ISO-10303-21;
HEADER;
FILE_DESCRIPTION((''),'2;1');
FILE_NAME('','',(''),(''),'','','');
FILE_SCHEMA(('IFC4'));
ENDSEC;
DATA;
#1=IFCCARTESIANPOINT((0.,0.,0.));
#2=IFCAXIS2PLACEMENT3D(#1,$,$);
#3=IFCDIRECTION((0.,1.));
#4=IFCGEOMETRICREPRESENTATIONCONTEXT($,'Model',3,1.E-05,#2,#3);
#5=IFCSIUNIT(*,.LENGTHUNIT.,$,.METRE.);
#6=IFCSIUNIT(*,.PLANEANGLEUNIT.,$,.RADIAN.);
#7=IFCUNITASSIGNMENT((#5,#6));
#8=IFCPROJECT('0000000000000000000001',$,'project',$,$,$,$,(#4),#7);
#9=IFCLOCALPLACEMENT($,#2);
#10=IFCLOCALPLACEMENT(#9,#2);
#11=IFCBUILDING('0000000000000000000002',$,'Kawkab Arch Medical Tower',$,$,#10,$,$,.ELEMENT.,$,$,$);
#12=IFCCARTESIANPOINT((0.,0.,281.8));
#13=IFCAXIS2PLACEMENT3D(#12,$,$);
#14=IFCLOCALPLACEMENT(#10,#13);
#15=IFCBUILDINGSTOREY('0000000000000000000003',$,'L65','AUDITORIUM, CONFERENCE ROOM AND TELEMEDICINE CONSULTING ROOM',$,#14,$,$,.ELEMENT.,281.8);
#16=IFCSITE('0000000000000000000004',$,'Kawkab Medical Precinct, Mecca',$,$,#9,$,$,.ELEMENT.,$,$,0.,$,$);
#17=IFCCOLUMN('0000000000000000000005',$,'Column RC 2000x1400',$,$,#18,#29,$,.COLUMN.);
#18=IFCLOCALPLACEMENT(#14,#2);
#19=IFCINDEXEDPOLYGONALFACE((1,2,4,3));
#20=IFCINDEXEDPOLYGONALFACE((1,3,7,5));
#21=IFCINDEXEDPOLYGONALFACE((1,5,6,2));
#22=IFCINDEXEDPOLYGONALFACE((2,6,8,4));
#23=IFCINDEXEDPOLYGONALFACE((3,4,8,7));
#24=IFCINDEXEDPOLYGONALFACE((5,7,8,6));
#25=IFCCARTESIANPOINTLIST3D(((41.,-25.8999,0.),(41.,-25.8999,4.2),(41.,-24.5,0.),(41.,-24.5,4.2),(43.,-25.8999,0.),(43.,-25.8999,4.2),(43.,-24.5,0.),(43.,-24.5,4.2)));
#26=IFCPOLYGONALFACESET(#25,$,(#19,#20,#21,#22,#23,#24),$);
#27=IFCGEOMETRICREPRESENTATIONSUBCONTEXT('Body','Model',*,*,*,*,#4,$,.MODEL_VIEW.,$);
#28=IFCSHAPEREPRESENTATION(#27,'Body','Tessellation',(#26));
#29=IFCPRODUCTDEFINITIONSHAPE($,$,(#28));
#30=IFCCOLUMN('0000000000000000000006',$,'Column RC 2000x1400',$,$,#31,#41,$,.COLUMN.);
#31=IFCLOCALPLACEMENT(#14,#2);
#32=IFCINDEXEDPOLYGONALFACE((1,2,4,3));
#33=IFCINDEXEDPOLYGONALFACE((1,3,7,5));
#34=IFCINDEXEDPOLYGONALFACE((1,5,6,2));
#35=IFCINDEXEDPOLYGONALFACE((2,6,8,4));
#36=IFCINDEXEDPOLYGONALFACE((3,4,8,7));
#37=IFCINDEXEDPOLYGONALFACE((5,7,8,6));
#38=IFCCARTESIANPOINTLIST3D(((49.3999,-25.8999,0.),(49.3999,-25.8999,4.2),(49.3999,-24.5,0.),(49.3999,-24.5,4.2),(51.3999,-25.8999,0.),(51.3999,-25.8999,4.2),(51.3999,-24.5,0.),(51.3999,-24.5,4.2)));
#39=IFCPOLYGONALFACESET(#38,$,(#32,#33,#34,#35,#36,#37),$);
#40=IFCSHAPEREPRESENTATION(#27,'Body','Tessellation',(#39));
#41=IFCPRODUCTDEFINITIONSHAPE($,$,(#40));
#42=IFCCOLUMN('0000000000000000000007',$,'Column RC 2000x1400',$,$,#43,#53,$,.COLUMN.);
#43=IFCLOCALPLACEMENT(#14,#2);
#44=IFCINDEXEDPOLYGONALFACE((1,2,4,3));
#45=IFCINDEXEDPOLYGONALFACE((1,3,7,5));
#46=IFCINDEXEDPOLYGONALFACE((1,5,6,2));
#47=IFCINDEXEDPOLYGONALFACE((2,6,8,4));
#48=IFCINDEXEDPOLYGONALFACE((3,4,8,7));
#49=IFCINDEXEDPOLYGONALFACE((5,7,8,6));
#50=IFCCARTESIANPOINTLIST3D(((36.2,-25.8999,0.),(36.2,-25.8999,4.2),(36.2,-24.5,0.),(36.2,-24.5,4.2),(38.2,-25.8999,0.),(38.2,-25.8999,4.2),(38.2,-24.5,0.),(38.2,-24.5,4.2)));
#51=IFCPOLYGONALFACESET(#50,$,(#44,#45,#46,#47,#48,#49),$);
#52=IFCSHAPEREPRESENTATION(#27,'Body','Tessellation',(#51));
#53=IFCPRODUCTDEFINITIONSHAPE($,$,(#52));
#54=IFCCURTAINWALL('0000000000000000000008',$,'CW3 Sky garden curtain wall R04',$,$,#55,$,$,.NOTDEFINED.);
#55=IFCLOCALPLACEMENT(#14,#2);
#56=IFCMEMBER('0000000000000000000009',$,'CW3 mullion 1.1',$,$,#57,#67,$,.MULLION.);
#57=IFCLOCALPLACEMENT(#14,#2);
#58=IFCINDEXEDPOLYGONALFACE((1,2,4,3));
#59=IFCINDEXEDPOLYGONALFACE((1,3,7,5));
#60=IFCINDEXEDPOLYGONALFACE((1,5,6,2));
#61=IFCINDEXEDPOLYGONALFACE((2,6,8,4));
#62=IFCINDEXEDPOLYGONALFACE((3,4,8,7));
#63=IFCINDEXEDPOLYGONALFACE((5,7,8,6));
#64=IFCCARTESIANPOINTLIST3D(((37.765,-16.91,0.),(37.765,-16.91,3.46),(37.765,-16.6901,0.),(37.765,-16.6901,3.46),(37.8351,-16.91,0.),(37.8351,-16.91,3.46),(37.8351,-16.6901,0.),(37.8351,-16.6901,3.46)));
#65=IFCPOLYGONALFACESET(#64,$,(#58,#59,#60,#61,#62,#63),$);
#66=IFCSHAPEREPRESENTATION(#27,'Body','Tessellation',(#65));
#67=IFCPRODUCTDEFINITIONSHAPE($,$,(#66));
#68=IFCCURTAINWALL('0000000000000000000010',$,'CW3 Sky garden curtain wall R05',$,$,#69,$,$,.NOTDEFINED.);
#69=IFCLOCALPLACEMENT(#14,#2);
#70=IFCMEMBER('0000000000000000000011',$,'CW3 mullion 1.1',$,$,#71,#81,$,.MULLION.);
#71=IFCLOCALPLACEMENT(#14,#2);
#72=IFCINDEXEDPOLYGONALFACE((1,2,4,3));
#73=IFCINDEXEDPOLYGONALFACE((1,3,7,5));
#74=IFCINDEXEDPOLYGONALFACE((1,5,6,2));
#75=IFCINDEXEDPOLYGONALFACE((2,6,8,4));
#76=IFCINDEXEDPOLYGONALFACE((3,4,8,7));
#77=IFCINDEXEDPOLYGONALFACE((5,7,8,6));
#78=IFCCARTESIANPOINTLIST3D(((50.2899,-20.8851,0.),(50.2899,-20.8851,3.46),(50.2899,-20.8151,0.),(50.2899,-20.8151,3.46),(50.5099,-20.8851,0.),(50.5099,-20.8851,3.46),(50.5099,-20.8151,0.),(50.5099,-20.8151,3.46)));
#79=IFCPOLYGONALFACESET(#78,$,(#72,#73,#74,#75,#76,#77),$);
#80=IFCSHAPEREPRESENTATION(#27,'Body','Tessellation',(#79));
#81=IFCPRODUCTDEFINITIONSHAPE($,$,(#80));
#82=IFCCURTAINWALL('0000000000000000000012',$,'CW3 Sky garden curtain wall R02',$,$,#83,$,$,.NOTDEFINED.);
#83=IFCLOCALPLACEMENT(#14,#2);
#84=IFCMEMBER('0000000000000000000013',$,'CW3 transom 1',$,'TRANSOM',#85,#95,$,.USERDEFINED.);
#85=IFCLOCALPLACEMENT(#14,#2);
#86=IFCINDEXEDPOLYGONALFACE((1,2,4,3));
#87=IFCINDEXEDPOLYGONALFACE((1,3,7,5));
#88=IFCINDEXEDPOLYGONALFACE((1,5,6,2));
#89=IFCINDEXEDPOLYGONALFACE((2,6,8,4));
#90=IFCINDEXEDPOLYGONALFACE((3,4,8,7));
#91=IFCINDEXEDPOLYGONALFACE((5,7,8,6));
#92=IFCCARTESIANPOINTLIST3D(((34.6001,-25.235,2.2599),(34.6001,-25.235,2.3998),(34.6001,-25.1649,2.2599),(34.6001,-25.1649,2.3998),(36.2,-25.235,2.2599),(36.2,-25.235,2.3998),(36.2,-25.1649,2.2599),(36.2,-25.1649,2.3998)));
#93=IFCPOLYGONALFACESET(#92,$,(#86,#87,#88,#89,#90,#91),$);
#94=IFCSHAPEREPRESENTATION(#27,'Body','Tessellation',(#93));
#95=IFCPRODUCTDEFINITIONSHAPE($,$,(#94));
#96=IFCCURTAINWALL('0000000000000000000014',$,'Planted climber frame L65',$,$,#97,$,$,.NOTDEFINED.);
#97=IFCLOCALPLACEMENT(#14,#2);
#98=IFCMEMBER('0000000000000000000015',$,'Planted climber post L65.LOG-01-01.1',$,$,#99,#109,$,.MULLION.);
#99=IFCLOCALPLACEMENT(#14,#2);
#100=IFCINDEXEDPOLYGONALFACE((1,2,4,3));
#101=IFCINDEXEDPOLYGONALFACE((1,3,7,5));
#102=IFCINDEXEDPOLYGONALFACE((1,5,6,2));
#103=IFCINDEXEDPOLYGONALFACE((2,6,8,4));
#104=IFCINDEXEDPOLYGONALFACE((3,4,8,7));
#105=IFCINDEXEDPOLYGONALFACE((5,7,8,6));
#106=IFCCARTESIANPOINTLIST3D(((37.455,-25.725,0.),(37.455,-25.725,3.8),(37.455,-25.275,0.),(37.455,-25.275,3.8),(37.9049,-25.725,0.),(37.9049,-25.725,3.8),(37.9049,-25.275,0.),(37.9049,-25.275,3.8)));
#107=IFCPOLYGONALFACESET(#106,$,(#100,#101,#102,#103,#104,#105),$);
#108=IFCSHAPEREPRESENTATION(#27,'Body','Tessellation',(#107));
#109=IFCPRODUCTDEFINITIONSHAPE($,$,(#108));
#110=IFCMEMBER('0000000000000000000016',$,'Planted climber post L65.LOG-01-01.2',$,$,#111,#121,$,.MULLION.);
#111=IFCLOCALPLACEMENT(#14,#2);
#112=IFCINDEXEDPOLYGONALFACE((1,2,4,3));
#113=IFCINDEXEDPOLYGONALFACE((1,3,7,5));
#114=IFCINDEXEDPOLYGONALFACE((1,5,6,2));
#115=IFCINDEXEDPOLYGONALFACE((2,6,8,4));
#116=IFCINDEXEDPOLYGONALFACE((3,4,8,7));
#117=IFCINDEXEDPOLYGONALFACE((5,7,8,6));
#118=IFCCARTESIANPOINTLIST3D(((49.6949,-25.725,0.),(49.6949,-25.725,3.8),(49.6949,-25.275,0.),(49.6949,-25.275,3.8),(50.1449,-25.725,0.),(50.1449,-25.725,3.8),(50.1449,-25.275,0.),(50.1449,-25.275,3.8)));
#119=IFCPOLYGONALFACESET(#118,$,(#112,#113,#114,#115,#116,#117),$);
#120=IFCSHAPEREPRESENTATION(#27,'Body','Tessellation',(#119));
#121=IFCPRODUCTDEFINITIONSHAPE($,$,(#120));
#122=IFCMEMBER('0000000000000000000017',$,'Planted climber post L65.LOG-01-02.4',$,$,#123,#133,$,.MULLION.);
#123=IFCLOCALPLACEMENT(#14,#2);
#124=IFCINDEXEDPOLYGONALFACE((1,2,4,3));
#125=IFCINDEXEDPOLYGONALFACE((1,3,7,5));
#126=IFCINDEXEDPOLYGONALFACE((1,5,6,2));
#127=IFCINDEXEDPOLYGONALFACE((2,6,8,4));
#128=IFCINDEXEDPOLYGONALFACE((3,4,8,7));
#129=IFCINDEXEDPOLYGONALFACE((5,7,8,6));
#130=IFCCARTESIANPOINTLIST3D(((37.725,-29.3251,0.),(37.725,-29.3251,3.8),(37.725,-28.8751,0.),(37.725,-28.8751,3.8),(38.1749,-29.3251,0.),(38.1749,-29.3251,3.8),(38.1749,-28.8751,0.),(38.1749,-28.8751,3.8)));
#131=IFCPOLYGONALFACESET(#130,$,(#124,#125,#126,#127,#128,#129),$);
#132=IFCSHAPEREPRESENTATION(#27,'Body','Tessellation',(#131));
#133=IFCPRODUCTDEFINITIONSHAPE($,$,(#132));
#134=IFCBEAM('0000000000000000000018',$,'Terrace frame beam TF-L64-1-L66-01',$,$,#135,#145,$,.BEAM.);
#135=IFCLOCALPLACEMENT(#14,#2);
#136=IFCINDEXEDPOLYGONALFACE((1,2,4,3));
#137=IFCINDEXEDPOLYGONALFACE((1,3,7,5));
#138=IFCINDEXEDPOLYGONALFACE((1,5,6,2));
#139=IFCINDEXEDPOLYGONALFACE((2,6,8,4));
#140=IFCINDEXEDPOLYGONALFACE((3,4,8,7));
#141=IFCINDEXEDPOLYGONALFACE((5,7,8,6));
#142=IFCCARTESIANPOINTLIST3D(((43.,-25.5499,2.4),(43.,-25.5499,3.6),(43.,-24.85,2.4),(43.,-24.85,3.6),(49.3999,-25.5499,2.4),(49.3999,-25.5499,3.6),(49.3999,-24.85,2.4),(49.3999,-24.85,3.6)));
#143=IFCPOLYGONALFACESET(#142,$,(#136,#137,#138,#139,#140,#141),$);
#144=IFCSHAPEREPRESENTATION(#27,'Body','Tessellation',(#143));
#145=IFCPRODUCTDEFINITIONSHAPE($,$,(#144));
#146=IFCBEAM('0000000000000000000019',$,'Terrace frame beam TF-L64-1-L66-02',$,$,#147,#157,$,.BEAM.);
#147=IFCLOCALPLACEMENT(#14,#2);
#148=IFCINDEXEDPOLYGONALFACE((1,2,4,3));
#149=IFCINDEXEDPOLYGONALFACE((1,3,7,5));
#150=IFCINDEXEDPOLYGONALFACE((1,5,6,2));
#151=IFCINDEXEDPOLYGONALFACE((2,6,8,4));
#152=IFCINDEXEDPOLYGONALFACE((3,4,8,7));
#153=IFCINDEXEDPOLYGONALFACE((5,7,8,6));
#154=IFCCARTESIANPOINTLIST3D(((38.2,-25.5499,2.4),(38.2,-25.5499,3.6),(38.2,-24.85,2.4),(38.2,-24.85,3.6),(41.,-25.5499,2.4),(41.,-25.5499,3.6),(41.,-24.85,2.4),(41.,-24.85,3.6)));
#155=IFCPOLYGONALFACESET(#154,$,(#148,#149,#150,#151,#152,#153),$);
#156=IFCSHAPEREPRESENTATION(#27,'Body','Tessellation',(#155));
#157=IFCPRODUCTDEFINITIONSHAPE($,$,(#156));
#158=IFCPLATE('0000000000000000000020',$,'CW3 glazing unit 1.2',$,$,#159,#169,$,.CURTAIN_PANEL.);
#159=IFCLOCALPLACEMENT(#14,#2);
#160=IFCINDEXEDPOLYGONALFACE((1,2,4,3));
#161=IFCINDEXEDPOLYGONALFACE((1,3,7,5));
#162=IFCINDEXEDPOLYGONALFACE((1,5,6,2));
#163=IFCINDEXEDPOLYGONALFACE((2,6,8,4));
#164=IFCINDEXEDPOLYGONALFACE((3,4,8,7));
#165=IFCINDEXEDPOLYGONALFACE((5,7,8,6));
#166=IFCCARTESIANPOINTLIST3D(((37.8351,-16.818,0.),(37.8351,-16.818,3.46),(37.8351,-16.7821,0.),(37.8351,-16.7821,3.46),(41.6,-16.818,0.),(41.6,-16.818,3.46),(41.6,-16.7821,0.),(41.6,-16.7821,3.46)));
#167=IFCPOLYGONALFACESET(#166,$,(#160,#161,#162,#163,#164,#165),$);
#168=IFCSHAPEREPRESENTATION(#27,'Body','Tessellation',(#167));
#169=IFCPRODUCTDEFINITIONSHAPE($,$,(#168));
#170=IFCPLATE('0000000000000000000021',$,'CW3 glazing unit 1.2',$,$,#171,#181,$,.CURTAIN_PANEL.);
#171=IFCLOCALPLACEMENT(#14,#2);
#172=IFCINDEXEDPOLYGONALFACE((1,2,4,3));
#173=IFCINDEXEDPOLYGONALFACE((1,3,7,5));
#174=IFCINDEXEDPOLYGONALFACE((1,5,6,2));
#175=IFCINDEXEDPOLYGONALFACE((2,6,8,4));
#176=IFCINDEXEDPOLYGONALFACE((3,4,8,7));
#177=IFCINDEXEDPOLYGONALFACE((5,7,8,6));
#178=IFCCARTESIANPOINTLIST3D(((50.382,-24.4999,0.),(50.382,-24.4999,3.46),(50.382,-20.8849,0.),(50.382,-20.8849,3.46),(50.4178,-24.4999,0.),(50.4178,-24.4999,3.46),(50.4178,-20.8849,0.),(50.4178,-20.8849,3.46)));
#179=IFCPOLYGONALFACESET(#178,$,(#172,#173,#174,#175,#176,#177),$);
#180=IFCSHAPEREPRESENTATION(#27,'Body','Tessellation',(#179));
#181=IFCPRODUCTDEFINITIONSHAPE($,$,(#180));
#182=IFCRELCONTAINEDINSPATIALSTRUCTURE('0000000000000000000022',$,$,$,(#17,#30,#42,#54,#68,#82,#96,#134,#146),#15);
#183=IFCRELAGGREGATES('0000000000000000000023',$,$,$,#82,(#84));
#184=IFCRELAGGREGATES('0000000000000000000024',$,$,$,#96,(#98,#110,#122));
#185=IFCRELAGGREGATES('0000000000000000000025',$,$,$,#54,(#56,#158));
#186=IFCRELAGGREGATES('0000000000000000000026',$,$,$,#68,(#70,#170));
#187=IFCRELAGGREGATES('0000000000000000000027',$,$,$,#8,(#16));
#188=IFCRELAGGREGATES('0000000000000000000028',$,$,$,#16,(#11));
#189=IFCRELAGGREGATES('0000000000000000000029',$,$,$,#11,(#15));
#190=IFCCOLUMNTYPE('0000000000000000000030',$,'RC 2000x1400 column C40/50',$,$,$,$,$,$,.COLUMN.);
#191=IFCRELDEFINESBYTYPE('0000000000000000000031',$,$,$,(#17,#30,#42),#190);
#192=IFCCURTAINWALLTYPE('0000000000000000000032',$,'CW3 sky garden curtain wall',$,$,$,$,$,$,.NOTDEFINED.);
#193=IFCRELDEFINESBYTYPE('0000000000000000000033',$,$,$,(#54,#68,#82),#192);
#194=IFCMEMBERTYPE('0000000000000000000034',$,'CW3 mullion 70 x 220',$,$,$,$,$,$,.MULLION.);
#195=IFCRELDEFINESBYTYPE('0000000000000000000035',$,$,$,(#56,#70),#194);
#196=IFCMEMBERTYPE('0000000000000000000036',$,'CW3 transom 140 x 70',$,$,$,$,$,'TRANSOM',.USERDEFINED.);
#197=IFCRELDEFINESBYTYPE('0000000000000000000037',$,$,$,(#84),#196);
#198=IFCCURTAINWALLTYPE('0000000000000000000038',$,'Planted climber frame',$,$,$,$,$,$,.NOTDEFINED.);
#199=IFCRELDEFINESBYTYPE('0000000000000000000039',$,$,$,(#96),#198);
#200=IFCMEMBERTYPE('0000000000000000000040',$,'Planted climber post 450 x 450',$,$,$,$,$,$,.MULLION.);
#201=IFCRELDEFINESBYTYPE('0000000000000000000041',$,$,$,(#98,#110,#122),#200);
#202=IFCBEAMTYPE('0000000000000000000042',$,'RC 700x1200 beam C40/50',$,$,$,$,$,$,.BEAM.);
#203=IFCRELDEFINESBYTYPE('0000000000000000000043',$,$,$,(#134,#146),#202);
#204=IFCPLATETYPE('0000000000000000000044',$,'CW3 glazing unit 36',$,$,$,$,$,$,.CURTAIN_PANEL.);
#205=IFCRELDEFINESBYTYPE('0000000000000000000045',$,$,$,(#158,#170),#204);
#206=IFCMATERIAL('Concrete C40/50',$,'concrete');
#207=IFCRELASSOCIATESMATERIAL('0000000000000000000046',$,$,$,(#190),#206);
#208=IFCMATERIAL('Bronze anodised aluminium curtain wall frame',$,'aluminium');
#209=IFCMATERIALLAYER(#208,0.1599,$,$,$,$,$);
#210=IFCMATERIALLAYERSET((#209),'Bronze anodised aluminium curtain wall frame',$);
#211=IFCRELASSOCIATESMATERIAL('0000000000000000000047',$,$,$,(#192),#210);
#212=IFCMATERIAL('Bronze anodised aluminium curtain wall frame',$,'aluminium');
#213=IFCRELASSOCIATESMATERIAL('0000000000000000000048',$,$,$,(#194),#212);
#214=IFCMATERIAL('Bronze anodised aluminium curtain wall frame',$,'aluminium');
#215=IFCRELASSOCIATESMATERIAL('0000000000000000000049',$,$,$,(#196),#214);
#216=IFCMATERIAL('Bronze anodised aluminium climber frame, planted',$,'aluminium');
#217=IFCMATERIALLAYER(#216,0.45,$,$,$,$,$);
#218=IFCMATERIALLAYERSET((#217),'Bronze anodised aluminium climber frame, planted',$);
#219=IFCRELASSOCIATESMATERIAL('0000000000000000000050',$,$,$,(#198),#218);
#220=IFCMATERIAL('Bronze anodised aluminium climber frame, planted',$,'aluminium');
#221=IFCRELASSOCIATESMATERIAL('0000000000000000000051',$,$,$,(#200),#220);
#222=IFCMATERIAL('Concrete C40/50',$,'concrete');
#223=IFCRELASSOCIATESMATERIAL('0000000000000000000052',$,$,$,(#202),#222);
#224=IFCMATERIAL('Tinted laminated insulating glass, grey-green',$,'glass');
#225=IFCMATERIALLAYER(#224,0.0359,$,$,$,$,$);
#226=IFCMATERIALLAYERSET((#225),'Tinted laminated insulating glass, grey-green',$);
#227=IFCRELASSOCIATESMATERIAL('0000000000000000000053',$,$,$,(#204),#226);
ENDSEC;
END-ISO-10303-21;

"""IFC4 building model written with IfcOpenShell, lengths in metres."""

from ifc_helpers import new_model, si_unit, direction, frame, origin, origin_2d, place, context, subcontext, project, spatial, rectangle, extrude, material, layer, layer_set, material_profile, profile_set, type_object, element, aggregate, save


model = new_model("IFC4")

# Units and contexts
model_context = context("Model", 3, precision=1e-05, world=origin(), true_north=direction((0.0, 1.0)))
body_context = subcontext(model_context, "Body", "Model", "MODEL_VIEW")
ifc_project = project(units=[si_unit("LENGTHUNIT", "METRE"), si_unit("PLANEANGLEUNIT", "RADIAN")], contexts=[model_context])

# Site, building, storey
site_placement = place(None, origin())
site = spatial("IfcSite", under=ifc_project, at=site_placement, Name="Kawkab Medical Precinct, Mecca", CompositionType="ELEMENT", RefElevation=0.0)
building_placement = place(site_placement, origin())
building = spatial("IfcBuilding", under=site, at=building_placement, Name="Kawkab Arch Medical Tower", CompositionType="ELEMENT")
storey_placement = place(building_placement, frame((0.0, 0.0, 281.8)))
storey = spatial("IfcBuildingStorey", under=building, at=storey_placement, Name="L65", Description="AUDITORIUM, CONFERENCE ROOM AND TELEMEDICINE CONSULTING ROOM", CompositionType="ELEMENT", Elevation=281.8)

# Columns
ifc_material_1 = material(Name="Concrete C40/50", Category="concrete")
ifc_material_profile_1 = material_profile(ifc_material_1, rectangle(XDim=2.0, YDim=1.3999, at=origin_2d()), Name="RC 2000x1400")
ifc_profile_set_1 = profile_set([ifc_material_profile_1], Name="Concrete C40/50")
column_type = type_object("IfcColumnType", Name="RC 2000x1400 column C40/50", PredefinedType="COLUMN", material=ifc_profile_set_1)
for number, where, z_axis, x_axis, name in (
    (1, (42.0, -25.2, 0.0), (0.0, 0.0, 1.0), (-1.0, 0.0, 0.0), "Column RC 2000x1400"),
    (2, (50.3999, -25.2, 0.0), (0.0, 0.0, 1.0), (-1.0, 0.0, 0.0), "Column RC 2000x1400"),
    (3, (37.2, -25.2, 0.0), (0.0, 0.0, 1.0), (-1.0, 0.0, 0.0), "Column RC 2000x1400"),
):
    element("IfcColumn", number, at=place(storey_placement, frame(where, z_axis=z_axis, x_axis=x_axis)), inside=storey, type_object=column_type, Name=name, PredefinedType="COLUMN", context=body_context, shape_type="SweptSolid", body=[
        extrude(rectangle(XDim=2.0, YDim=1.3999, at=origin_2d()), origin(), (0.0, 0.0, 1.0), 4.2),
    ])

# Curtain walls, members
ifc_material_2 = material(Name="Bronze anodised aluminium curtain wall frame", Category="aluminium")
ifc_layer_1 = layer(ifc_material_2, 0.1599)
ifc_layer_set_1 = layer_set([ifc_layer_1], Name="Bronze anodised aluminium curtain wall frame")
curtain_wall_type_1 = type_object("IfcCurtainWallType", Name="CW3 sky garden curtain wall", PredefinedType="NOTDEFINED", material=ifc_layer_set_1)
placement = place(storey_placement, origin())
curtain_wall_1 = element("IfcCurtainWall", 4, at=placement, inside=storey, type_object=curtain_wall_type_1, Name="CW3 Sky garden curtain wall R04", PredefinedType="NOTDEFINED")
ifc_material_3 = material(Name="Bronze anodised aluminium curtain wall frame", Category="aluminium")
ifc_material_profile_2 = material_profile(ifc_material_3, rectangle(XDim=0.22, YDim=0.0701, at=origin_2d()), Name="AL 70x220")
ifc_profile_set_2 = profile_set([ifc_material_profile_2], Name="Bronze anodised aluminium curtain wall frame")
member_type_1 = type_object("IfcMemberType", Name="CW3 mullion 70 x 220", PredefinedType="MULLION", material=ifc_profile_set_2)
member_1_placement = place(storey_placement, frame((37.8, -16.8, 0.0), z_axis=(0.0, 0.0, 1.0), x_axis=(0.0, 1.0, 0.0)))
member_1 = element("IfcMember", 5, at=member_1_placement, type_object=member_type_1, Name="CW3 mullion 1.1", PredefinedType="MULLION", context=body_context, shape_type="SweptSolid", body=[
    extrude(rectangle(XDim=0.22, YDim=0.0701, at=origin_2d()), origin(), (0.0, 0.0, 1.0), 3.46),
])
curtain_wall_2 = element("IfcCurtainWall", 6, at=placement, inside=storey, type_object=curtain_wall_type_1, Name="CW3 Sky garden curtain wall R05", PredefinedType="NOTDEFINED")
member_2_placement = place(storey_placement, frame((50.3999, -20.8501, 0.0), z_axis=(0.0, 0.0, 1.0), x_axis=(1.0, 0.0, 0.0)))
member_2 = element("IfcMember", 7, at=member_2_placement, type_object=member_type_1, Name="CW3 mullion 1.1", PredefinedType="MULLION", context=body_context, shape_type="SweptSolid", body=[
    extrude(rectangle(XDim=0.22, YDim=0.0701, at=origin_2d()), origin(), (0.0, 0.0, 1.0), 3.46),
])
curtain_wall_3 = element("IfcCurtainWall", 8, at=placement, inside=storey, type_object=curtain_wall_type_1, Name="CW3 Sky garden curtain wall R02", PredefinedType="NOTDEFINED")
ifc_material_4 = material(Name="Bronze anodised aluminium curtain wall frame", Category="aluminium")
ifc_material_profile_3 = material_profile(ifc_material_4, rectangle(XDim=0.0701, YDim=0.1399, at=origin_2d()), Name="AL 70x140")
ifc_profile_set_3 = profile_set([ifc_material_profile_3], Name="Bronze anodised aluminium curtain wall frame")
member_type_2 = type_object("IfcMemberType", Name="CW3 transom 140 x 70", ElementType="TRANSOM", PredefinedType="USERDEFINED", material=ifc_profile_set_3)
member_3_placement = place(storey_placement, frame((36.2, -25.2, 2.3298), z_axis=(-1.0, 0.0, 0.0), x_axis=(0.0, -1.0, 0.0)))
member_3 = element("IfcMember", 9, at=member_3_placement, type_object=member_type_2, Name="CW3 transom 1", ObjectType="TRANSOM", PredefinedType="USERDEFINED", context=body_context, shape_type="SweptSolid", body=[
    extrude(rectangle(XDim=0.0701, YDim=0.1399, at=origin_2d()), origin(), (0.0, 0.0, 1.0), 1.5999),
])
aggregate(curtain_wall_3, [member_3])

# Curtain wall, members
ifc_material_5 = material(Name="Bronze anodised aluminium climber frame, planted", Category="aluminium")
ifc_layer_2 = layer(ifc_material_5, 0.45)
ifc_layer_set_2 = layer_set([ifc_layer_2], Name="Bronze anodised aluminium climber frame, planted")
curtain_wall_type_2 = type_object("IfcCurtainWallType", Name="Planted climber frame", PredefinedType="NOTDEFINED", material=ifc_layer_set_2)
curtain_wall_4 = element("IfcCurtainWall", 10, at=placement, inside=storey, type_object=curtain_wall_type_2, Name="Planted climber frame L65", PredefinedType="NOTDEFINED")
ifc_material_6 = material(Name="Bronze anodised aluminium climber frame, planted", Category="aluminium")
ifc_material_profile_4 = material_profile(ifc_material_6, rectangle(XDim=0.45, YDim=0.45, at=origin_2d()), Name="Post 450x450")
ifc_profile_set_4 = profile_set([ifc_material_profile_4], Name="Bronze anodised aluminium climber frame, planted")
member_type_3 = type_object("IfcMemberType", Name="Planted climber post 450 x 450", PredefinedType="MULLION", material=ifc_profile_set_4)
member_4_placement = place(storey_placement, frame((37.6799, -25.5, 0.0), z_axis=(0.0, 0.0, 1.0), x_axis=(1.0, 0.0, 0.0)))
member_4 = element("IfcMember", 11, at=member_4_placement, type_object=member_type_3, Name="Planted climber post L65.LOG-01-01.1", PredefinedType="MULLION", context=body_context, shape_type="SweptSolid", body=[
    extrude(rectangle(XDim=0.45, YDim=0.45, at=origin_2d()), origin(), (0.0, 0.0, 1.0), 3.8),
])
member_5_placement = place(storey_placement, frame((49.9199, -25.5, 0.0), z_axis=(0.0, 0.0, 1.0), x_axis=(1.0, 0.0, 0.0)))
member_5 = element("IfcMember", 12, at=member_5_placement, type_object=member_type_3, Name="Planted climber post L65.LOG-01-01.2", PredefinedType="MULLION", context=body_context, shape_type="SweptSolid", body=[
    extrude(rectangle(XDim=0.45, YDim=0.45, at=origin_2d()), origin(), (0.0, 0.0, 1.0), 3.8),
])
member_6_placement = place(storey_placement, frame((37.95, -29.1001, 0.0), z_axis=(0.0, 0.0, 1.0), x_axis=(1.0, 0.0, 0.0)))
member_6 = element("IfcMember", 13, at=member_6_placement, type_object=member_type_3, Name="Planted climber post L65.LOG-01-02.4", PredefinedType="MULLION", context=body_context, shape_type="SweptSolid", body=[
    extrude(rectangle(XDim=0.45, YDim=0.45, at=origin_2d()), origin(), (0.0, 0.0, 1.0), 3.8),
])
aggregate(curtain_wall_4, [member_4, member_5, member_6])

# Beams
ifc_material_7 = material(Name="Concrete C40/50", Category="concrete")
ifc_material_profile_5 = material_profile(ifc_material_7, rectangle(XDim=0.7, YDim=1.2, at=origin_2d()), Name="RC 700x1200")
ifc_profile_set_5 = profile_set([ifc_material_profile_5], Name="Concrete C40/50")
beam_type = type_object("IfcBeamType", Name="RC 700x1200 beam C40/50", PredefinedType="BEAM", material=ifc_profile_set_5)
beam_1_placement = place(storey_placement, frame((49.3999, -25.2, 3.0), z_axis=(-1.0, 0.0, 0.0), x_axis=(0.0, -1.0, 0.0)))
element("IfcBeam", 14, at=beam_1_placement, inside=storey, type_object=beam_type, Name="Terrace frame beam TF-L64-1-L66-01", PredefinedType="BEAM", context=body_context, shape_type="SweptSolid", body=[
    extrude(rectangle(XDim=0.7, YDim=1.2, at=origin_2d()), origin(), (0.0, 0.0, 1.0), 6.3999),
])
beam_2_placement = place(storey_placement, frame((41.0, -25.2, 3.0), z_axis=(-1.0, 0.0, 0.0), x_axis=(0.0, -1.0, 0.0)))
element("IfcBeam", 15, at=beam_2_placement, inside=storey, type_object=beam_type, Name="Terrace frame beam TF-L64-1-L66-02", PredefinedType="BEAM", context=body_context, shape_type="SweptSolid", body=[
    extrude(rectangle(XDim=0.7, YDim=1.2, at=origin_2d()), origin(), (0.0, 0.0, 1.0), 2.8),
])

# Plates
ifc_material_8 = material(Name="Tinted laminated insulating glass, grey-green", Category="glass")
ifc_layer_3 = layer(ifc_material_8, 0.0359)
ifc_layer_set_3 = layer_set([ifc_layer_3], Name="Tinted laminated insulating glass, grey-green")
plate_type = type_object("IfcPlateType", Name="CW3 glazing unit 36", PredefinedType="CURTAIN_PANEL", material=ifc_layer_set_3)
plate_1_placement = place(storey_placement, frame((39.7175, -16.8, 0.0), z_axis=(0.0, 0.0, 1.0), x_axis=(1.0, 0.0, 0.0)))
plate_1 = element("IfcPlate", 16, at=plate_1_placement, type_object=plate_type, Name="CW3 glazing unit 1.2", PredefinedType="CURTAIN_PANEL", context=body_context, shape_type="SweptSolid", body=[
    extrude(rectangle(XDim=3.7649, YDim=0.0359, at=origin_2d()), origin(), (0.0, 0.0, 1.0), 3.46),
])
aggregate(curtain_wall_1, [member_1, plate_1])
plate_2_placement = place(storey_placement, frame((50.3999, -22.6924, 0.0), z_axis=(0.0, 0.0, 1.0), x_axis=(0.0, -1.0, 0.0)))
plate_2 = element("IfcPlate", 17, at=plate_2_placement, type_object=plate_type, Name="CW3 glazing unit 1.2", PredefinedType="CURTAIN_PANEL", context=body_context, shape_type="SweptSolid", body=[
    extrude(rectangle(XDim=3.615, YDim=0.0359, at=origin_2d()), origin(), (0.0, 0.0, 1.0), 3.46),
])
aggregate(curtain_wall_2, [member_2, plate_2])

save(model, "model.ifc")
